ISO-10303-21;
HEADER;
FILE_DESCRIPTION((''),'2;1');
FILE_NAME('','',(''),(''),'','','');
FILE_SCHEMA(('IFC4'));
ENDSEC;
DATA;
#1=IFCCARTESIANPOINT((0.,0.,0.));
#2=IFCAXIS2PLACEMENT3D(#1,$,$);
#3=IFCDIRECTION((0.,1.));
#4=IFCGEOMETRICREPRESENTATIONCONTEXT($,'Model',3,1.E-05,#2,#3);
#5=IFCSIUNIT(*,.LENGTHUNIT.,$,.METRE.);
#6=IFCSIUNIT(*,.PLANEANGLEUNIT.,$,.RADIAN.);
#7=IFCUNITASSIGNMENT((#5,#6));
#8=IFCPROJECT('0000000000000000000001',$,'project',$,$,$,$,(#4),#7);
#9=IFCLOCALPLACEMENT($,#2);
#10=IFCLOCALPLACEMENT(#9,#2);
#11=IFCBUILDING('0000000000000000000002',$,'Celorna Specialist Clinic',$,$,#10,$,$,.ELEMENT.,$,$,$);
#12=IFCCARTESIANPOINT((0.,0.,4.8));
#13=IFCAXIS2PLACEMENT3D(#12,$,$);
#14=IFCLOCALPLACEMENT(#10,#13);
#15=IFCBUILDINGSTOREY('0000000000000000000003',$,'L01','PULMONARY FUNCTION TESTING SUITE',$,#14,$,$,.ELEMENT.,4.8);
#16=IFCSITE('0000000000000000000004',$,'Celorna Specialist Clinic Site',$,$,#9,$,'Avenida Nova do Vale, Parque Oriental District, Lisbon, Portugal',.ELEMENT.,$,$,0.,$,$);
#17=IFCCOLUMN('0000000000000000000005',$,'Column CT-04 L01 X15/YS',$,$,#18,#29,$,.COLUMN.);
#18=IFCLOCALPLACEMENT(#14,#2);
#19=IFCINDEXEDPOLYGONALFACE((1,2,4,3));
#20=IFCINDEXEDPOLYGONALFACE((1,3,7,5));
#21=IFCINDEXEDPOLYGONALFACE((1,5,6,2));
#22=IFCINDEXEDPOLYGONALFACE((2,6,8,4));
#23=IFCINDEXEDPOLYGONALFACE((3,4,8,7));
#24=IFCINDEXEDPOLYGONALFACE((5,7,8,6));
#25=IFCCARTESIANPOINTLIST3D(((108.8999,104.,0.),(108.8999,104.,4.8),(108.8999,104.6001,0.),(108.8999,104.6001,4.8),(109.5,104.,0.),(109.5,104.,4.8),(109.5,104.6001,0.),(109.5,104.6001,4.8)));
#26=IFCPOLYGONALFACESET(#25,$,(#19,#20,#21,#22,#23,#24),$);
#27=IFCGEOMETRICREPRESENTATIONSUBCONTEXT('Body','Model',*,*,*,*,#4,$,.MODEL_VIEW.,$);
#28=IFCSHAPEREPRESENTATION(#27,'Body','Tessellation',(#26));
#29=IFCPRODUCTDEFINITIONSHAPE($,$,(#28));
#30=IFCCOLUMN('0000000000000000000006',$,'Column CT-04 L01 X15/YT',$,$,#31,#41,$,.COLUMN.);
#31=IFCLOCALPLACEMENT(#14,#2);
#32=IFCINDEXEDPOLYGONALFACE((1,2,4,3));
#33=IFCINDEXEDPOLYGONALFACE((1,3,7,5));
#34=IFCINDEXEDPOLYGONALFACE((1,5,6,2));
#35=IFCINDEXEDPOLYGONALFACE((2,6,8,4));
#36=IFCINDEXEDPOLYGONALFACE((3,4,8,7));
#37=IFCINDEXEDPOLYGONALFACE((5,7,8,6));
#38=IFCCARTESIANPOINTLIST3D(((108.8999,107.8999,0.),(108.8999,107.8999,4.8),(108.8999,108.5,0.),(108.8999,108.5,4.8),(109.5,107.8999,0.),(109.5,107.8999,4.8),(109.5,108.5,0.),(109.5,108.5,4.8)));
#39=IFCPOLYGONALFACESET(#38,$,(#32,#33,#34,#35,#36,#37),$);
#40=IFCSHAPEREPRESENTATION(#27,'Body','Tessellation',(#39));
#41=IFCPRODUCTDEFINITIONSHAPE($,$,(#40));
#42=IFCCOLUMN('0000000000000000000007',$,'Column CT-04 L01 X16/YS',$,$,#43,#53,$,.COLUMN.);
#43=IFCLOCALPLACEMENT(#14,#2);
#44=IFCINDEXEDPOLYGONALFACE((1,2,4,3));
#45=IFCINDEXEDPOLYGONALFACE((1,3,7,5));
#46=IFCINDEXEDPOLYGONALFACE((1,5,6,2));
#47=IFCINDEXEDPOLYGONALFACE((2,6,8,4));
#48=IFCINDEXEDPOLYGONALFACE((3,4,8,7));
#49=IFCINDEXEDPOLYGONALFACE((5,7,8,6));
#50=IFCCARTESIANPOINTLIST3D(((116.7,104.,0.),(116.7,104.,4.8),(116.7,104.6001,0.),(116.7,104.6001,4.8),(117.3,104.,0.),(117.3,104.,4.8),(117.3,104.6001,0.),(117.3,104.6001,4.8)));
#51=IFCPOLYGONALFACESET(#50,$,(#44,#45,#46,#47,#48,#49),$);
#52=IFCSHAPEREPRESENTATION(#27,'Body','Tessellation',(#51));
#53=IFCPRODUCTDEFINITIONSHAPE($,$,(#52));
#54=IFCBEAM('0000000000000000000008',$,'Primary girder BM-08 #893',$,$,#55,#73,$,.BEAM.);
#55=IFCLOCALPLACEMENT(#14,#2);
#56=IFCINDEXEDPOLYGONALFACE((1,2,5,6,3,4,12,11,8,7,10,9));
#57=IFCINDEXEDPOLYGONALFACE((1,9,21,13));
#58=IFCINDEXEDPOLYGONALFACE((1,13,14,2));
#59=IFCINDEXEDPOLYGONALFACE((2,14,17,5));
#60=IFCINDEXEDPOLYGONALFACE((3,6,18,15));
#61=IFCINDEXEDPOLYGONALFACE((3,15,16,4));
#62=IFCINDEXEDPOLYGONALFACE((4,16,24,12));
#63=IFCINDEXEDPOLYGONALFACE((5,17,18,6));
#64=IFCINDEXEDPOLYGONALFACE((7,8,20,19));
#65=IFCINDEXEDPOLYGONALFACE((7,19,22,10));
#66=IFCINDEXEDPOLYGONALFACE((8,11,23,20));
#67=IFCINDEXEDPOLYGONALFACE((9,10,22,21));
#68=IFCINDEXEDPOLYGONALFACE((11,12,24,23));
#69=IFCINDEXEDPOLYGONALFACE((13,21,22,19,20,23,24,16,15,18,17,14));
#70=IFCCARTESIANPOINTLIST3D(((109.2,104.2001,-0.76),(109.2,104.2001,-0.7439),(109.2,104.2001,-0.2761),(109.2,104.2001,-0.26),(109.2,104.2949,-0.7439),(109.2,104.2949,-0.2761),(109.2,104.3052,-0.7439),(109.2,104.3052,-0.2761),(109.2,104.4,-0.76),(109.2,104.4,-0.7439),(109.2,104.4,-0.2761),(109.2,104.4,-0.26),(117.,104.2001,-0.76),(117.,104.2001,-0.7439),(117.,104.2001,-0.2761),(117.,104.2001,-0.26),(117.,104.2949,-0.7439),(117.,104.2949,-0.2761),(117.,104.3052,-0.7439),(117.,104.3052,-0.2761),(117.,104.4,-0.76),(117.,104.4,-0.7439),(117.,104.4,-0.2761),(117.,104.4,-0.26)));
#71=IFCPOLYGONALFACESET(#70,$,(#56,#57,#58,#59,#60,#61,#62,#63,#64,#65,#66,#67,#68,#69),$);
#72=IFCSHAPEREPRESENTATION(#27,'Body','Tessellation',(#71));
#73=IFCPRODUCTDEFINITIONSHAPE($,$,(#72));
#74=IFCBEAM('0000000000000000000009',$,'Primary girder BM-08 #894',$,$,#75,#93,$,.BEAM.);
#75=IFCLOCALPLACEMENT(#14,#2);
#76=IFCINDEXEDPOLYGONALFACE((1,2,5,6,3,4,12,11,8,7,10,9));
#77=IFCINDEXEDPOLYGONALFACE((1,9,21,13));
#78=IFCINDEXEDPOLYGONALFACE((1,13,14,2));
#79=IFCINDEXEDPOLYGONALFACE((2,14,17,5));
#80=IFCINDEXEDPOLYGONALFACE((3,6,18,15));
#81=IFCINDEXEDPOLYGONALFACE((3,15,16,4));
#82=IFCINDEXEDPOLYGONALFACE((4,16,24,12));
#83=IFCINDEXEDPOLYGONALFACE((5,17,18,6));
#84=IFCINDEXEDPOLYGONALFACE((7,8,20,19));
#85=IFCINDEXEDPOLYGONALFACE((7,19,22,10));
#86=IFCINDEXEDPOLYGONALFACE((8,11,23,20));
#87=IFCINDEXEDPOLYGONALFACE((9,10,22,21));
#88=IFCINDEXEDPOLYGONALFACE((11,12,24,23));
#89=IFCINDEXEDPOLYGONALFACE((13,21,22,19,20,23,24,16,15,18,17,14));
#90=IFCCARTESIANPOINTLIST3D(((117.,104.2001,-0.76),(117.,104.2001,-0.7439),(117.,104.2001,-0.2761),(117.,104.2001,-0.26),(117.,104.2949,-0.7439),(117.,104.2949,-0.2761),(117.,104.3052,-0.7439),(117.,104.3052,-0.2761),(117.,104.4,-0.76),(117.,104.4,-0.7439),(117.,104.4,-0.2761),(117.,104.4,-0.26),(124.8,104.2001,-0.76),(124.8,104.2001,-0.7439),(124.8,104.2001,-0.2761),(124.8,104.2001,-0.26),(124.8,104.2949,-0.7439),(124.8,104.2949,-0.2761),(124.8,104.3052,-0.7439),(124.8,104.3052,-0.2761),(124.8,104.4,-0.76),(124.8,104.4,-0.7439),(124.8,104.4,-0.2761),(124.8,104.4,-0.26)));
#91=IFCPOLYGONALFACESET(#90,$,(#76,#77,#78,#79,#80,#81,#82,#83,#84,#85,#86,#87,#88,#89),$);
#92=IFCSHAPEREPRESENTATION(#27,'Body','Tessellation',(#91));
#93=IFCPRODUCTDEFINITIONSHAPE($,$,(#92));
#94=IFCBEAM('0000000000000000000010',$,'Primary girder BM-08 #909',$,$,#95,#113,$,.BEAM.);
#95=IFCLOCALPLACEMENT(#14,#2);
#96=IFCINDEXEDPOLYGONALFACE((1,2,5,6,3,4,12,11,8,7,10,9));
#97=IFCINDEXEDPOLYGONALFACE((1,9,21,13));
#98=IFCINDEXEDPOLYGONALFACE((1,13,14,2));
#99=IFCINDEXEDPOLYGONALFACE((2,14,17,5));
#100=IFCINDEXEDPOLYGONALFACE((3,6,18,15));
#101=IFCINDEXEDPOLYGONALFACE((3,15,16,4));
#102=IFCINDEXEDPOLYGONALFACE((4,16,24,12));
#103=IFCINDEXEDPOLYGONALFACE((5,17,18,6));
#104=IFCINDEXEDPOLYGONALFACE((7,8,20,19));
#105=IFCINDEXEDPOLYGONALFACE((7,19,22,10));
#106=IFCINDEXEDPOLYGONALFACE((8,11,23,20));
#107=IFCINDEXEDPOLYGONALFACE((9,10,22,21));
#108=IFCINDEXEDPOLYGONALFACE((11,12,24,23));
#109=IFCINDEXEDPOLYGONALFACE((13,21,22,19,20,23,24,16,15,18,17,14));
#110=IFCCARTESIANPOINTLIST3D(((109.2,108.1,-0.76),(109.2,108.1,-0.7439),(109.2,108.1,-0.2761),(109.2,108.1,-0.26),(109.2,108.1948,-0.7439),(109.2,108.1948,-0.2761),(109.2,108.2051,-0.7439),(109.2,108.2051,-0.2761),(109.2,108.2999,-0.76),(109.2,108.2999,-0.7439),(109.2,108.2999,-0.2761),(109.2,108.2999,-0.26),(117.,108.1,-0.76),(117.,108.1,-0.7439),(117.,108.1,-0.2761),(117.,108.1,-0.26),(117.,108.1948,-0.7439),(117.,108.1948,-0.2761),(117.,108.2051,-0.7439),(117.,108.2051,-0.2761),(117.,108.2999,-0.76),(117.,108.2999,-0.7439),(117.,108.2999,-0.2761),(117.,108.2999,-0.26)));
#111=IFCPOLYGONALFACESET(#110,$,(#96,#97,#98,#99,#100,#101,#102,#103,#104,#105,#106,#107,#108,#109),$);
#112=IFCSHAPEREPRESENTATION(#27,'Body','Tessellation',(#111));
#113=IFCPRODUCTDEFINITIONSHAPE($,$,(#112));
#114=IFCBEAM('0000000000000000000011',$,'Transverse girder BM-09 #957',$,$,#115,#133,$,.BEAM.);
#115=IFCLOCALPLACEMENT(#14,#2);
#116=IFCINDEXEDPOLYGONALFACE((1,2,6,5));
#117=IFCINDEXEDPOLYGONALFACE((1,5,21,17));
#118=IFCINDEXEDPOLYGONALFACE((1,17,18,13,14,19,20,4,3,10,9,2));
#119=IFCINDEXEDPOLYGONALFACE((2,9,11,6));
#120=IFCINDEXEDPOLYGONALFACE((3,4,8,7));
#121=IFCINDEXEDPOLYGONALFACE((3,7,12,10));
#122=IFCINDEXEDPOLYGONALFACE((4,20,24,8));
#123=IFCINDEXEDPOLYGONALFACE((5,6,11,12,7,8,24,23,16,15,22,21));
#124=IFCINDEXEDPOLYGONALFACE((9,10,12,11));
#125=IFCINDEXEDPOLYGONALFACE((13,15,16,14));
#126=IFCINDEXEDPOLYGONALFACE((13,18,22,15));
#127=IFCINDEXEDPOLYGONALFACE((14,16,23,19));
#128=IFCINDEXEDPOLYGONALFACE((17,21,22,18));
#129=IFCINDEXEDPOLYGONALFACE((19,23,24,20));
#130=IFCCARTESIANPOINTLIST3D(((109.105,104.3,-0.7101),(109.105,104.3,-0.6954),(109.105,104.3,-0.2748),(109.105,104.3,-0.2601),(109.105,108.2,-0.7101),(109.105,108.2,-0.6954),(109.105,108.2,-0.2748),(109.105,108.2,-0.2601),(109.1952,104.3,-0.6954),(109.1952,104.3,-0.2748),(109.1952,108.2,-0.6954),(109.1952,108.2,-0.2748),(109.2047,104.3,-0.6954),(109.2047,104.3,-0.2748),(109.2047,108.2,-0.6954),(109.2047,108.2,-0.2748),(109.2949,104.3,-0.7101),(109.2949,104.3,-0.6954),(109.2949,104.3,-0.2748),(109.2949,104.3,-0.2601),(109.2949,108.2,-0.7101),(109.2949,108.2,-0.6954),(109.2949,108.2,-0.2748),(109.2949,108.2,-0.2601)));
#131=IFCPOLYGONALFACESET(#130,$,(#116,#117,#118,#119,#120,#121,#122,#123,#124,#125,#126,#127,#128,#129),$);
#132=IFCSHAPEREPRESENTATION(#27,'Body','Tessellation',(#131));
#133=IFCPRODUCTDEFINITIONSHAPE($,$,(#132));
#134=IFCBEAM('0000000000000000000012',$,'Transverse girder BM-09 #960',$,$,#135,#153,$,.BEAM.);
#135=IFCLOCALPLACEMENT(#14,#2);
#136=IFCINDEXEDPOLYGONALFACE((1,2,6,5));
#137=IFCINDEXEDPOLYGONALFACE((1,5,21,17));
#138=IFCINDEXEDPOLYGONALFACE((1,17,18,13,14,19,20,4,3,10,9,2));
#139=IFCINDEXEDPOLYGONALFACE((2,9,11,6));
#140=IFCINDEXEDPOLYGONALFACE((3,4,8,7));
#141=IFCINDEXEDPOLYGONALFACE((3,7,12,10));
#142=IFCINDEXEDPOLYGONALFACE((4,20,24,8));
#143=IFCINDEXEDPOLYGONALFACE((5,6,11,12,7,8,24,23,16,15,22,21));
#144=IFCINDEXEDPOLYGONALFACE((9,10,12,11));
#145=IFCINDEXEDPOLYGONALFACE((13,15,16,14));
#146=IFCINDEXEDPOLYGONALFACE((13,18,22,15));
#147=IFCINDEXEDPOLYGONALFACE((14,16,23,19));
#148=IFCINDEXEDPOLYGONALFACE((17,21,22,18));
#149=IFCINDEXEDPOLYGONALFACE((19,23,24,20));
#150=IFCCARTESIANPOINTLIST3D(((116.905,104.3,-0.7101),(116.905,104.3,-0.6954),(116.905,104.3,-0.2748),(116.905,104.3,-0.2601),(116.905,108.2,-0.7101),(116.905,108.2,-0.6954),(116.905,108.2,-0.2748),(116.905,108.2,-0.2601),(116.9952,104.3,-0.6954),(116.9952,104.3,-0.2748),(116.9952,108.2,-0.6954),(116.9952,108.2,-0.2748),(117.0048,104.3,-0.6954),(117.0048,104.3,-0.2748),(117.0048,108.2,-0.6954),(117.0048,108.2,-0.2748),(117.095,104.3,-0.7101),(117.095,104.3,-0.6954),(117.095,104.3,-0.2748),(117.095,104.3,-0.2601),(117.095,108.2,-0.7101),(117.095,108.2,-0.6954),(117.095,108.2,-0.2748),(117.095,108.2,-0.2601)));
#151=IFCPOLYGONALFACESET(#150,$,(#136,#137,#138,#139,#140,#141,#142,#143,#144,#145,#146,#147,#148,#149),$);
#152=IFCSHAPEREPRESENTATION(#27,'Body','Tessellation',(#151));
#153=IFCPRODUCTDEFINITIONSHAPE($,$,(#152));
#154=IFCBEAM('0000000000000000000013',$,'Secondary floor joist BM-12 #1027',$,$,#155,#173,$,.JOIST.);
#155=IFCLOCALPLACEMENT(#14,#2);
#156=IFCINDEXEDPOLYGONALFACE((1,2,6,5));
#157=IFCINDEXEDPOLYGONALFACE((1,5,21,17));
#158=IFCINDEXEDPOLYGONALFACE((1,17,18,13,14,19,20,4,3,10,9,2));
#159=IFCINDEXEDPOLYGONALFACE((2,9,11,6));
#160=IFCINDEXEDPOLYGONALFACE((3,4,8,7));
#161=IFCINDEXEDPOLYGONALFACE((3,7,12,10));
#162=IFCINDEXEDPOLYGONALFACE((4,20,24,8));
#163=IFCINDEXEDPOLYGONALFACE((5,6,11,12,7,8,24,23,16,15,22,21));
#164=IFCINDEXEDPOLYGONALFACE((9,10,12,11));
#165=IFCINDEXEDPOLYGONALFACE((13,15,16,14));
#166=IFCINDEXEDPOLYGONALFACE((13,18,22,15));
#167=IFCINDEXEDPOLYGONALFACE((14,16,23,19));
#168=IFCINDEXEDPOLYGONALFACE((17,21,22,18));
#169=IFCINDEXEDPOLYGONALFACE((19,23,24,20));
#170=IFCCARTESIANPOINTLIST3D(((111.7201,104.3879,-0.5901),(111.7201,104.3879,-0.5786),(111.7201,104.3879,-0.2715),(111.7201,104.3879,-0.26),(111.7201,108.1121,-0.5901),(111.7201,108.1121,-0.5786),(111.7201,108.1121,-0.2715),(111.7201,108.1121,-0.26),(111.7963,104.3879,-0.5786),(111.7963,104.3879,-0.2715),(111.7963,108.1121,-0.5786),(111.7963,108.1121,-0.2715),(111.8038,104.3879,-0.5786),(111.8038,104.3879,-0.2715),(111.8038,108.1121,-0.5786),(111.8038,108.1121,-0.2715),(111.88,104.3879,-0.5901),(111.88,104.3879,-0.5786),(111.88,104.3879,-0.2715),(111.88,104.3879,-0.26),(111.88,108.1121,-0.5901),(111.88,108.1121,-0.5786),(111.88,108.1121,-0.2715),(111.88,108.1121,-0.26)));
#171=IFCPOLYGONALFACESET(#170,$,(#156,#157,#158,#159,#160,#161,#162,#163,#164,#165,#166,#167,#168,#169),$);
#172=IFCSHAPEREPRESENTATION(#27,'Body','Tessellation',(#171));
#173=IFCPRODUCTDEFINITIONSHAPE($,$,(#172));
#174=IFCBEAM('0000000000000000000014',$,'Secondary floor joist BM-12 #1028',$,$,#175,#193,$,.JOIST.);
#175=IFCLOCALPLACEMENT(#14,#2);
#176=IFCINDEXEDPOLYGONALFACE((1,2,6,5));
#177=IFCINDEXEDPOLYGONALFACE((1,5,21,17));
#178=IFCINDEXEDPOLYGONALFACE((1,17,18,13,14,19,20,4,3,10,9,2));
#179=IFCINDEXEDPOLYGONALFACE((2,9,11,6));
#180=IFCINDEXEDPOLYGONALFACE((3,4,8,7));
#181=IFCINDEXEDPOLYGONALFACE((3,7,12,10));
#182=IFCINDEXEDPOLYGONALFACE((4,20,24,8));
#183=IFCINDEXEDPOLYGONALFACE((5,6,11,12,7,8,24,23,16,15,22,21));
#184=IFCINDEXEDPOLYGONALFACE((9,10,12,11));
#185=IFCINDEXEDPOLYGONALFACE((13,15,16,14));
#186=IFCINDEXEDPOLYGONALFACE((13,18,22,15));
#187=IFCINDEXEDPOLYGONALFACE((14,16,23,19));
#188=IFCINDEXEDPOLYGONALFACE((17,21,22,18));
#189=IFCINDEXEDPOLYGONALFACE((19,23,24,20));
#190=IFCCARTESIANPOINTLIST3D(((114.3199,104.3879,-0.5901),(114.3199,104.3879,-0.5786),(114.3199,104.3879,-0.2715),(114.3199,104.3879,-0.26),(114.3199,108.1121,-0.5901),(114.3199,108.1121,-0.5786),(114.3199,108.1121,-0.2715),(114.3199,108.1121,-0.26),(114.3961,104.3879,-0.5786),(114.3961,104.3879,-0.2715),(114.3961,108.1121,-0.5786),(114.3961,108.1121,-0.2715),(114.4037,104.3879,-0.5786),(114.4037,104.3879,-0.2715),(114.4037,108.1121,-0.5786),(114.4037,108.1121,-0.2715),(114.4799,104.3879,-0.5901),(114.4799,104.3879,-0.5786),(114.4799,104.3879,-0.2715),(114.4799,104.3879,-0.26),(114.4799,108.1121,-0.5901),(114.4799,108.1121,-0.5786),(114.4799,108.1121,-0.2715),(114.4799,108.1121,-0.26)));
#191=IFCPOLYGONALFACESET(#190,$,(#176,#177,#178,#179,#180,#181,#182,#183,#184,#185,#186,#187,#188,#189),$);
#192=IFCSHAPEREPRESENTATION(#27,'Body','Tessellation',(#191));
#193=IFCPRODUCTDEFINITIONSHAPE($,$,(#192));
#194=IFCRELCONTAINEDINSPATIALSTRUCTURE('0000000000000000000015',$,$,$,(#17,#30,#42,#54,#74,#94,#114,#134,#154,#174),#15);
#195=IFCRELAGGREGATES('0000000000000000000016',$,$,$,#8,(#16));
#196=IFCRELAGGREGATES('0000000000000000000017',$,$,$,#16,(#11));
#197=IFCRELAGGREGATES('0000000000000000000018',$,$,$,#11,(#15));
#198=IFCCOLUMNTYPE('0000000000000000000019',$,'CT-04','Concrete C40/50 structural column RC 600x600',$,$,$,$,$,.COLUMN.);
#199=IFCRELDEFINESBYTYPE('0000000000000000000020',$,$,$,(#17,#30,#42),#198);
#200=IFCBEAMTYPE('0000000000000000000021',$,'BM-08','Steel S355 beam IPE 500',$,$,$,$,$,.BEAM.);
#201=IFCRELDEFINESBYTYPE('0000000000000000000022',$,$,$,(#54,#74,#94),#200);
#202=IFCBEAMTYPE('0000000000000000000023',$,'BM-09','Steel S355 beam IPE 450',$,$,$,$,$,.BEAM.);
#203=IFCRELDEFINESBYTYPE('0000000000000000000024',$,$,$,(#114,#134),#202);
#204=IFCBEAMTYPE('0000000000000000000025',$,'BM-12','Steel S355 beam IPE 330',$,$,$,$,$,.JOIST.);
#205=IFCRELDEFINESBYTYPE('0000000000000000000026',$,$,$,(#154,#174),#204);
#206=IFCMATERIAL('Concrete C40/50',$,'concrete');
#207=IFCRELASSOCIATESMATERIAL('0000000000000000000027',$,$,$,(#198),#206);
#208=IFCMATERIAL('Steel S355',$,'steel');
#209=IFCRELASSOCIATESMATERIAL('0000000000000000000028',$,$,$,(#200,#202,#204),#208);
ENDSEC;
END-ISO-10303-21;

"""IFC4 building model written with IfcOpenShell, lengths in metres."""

from ifc_helpers import new_model, si_unit, direction, frame, origin, origin_2d, place, context, subcontext, project, spatial, rectangle, i_section, extrude, material, material_profile, profile_set, type_object, element, save


model = new_model("IFC4")

# Units and contexts
model_context = context("Model", 3, precision=1e-05, world=origin(), true_north=direction((0.0, 1.0)))
body_context = subcontext(model_context, "Body", "Model", "MODEL_VIEW")
ifc_project = project(units=[si_unit("LENGTHUNIT", "METRE"), si_unit("PLANEANGLEUNIT", "RADIAN")], contexts=[model_context])

# Site, building, storey
site_placement = place(None, origin())
site = spatial("IfcSite", under=ifc_project, at=site_placement, Name="Celorna Specialist Clinic Site", LongName="Avenida Nova do Vale, Parque Oriental District, Lisbon, Portugal", CompositionType="ELEMENT", RefElevation=0.0)
building_placement = place(site_placement, origin())
building = spatial("IfcBuilding", under=site, at=building_placement, Name="Celorna Specialist Clinic", CompositionType="ELEMENT")
storey_placement = place(building_placement, frame((0.0, 0.0, 4.8)))
storey = spatial("IfcBuildingStorey", under=building, at=storey_placement, Name="L01", Description="PULMONARY FUNCTION TESTING SUITE", CompositionType="ELEMENT", Elevation=4.8)

# Columns
ifc_material_1 = material(Name="Concrete C40/50", Category="concrete")
ifc_material_profile_1 = material_profile(ifc_material_1, rectangle(XDim=0.6001, YDim=0.6001, at=origin_2d()), Name="RC 600x600")
ifc_profile_set_1 = profile_set([ifc_material_profile_1], Name="Concrete C40/50")
column_type = type_object("IfcColumnType", Name="CT-04", Description="Concrete C40/50 structural column RC 600x600", PredefinedType="COLUMN", material=ifc_profile_set_1)
for number, where, z_axis, x_axis, name in (
    (1, (109.2, 104.3, 0.0), (0.0, 0.0, 1.0), (1.0, 0.0, 0.0), "Column CT-04 L01 X15/YS"),
    (2, (109.2, 108.2, 0.0), (0.0, 0.0, 1.0), (1.0, 0.0, 0.0), "Column CT-04 L01 X15/YT"),
    (3, (117.0, 104.3, 0.0), (0.0, 0.0, 1.0), (1.0, 0.0, 0.0), "Column CT-04 L01 X16/YS"),
):
    element("IfcColumn", number, at=place(storey_placement, frame(where, z_axis=z_axis, x_axis=x_axis)), inside=storey, type_object=column_type, Name=name, PredefinedType="COLUMN", context=body_context, shape_type="SweptSolid", body=[
        extrude(rectangle(XDim=0.6001, YDim=0.6001, at=origin_2d()), origin(), (0.0, 0.0, 1.0), 4.8),
    ])

# Beams
ifc_material_2 = material(Name="Steel S355", Category="steel")
ifc_material_profile_2 = material_profile(ifc_material_2, i_section(OverallWidth=0.2, OverallDepth=0.5, WebThickness=0.0103, FlangeThickness=0.0161, at=origin_2d()), Name="IPE 500")
ifc_profile_set_2 = profile_set([ifc_material_profile_2], Name="Steel S355")
beam_type_1 = type_object("IfcBeamType", Name="BM-08", Description="Steel S355 beam IPE 500", PredefinedType="BEAM", material=ifc_profile_set_2)
for number, where, z_axis, x_axis, name in (
    (4, (109.2, 104.3, -0.51), (1.0, 0.0, 0.0), (0.0, 1.0, 0.0), "Primary girder BM-08 #893"),
    (5, (117.0, 104.3, -0.51), (1.0, 0.0, 0.0), (0.0, 1.0, 0.0), "Primary girder BM-08 #894"),
    (6, (109.2, 108.2, -0.51), (1.0, 0.0, 0.0), (0.0, 1.0, 0.0), "Primary girder BM-08 #909"),
):
    element("IfcBeam", number, at=place(storey_placement, frame(where, z_axis=z_axis, x_axis=x_axis)), inside=storey, type_object=beam_type_1, Name=name, PredefinedType="BEAM", context=body_context, shape_type="SweptSolid", body=[
        extrude(i_section(OverallWidth=0.2, OverallDepth=0.5, WebThickness=0.0103, FlangeThickness=0.0161, at=origin_2d()), origin(), (0.0, 0.0, 1.0), 7.8),
    ])
ifc_material_profile_3 = material_profile(ifc_material_2, i_section(OverallWidth=0.1899, OverallDepth=0.45, WebThickness=0.0095, FlangeThickness=0.0146, at=origin_2d()), Name="IPE 450")
ifc_profile_set_3 = profile_set([ifc_material_profile_3], Name="Steel S355")
beam_type_2 = type_object("IfcBeamType", Name="BM-09", Description="Steel S355 beam IPE 450", PredefinedType="BEAM", material=ifc_profile_set_3)
for number, where, z_axis, x_axis, name in (
    (7, (109.2, 104.3, -0.4851), (0.0, 1.0, 0.0), (-1.0, 0.0, 0.0), "Transverse girder BM-09 #957"),
    (8, (117.0, 104.3, -0.4851), (0.0, 1.0, 0.0), (-1.0, 0.0, 0.0), "Transverse girder BM-09 #960"),
):
    element("IfcBeam", number, at=place(storey_placement, frame(where, z_axis=z_axis, x_axis=x_axis)), inside=storey, type_object=beam_type_2, Name=name, PredefinedType="BEAM", context=body_context, shape_type="SweptSolid", body=[
        extrude(i_section(OverallWidth=0.1899, OverallDepth=0.45, WebThickness=0.0095, FlangeThickness=0.0146, at=origin_2d()), origin(), (0.0, 0.0, 1.0), 3.8999),
    ])
ifc_material_profile_4 = material_profile(ifc_material_2, i_section(OverallWidth=0.1599, OverallDepth=0.3301, WebThickness=0.0076, FlangeThickness=0.0115, at=origin_2d()), Name="IPE 330")
ifc_profile_set_4 = profile_set([ifc_material_profile_4], Name="Steel S355")
beam_type_3 = type_object("IfcBeamType", Name="BM-12", Description="Steel S355 beam IPE 330", PredefinedType="JOIST", material=ifc_profile_set_4)
for number, where, z_axis, x_axis, name in (
    (9, (111.8, 104.3879, -0.425), (0.0, 1.0, 0.0), (-1.0, 0.0, 0.0), "Secondary floor joist BM-12 #1027"),
    (10, (114.3999, 104.3879, -0.425), (0.0, 1.0, 0.0), (-1.0, 0.0, 0.0), "Secondary floor joist BM-12 #1028"),
):
    element("IfcBeam", number, at=place(storey_placement, frame(where, z_axis=z_axis, x_axis=x_axis)), inside=storey, type_object=beam_type_3, Name=name, PredefinedType="JOIST", context=body_context, shape_type="SweptSolid", body=[
        extrude(i_section(OverallWidth=0.1599, OverallDepth=0.3301, WebThickness=0.0076, FlangeThickness=0.0115, at=origin_2d()), origin(), (0.0, 0.0, 1.0), 3.7241),
    ])

save(model, "model.ifc")
